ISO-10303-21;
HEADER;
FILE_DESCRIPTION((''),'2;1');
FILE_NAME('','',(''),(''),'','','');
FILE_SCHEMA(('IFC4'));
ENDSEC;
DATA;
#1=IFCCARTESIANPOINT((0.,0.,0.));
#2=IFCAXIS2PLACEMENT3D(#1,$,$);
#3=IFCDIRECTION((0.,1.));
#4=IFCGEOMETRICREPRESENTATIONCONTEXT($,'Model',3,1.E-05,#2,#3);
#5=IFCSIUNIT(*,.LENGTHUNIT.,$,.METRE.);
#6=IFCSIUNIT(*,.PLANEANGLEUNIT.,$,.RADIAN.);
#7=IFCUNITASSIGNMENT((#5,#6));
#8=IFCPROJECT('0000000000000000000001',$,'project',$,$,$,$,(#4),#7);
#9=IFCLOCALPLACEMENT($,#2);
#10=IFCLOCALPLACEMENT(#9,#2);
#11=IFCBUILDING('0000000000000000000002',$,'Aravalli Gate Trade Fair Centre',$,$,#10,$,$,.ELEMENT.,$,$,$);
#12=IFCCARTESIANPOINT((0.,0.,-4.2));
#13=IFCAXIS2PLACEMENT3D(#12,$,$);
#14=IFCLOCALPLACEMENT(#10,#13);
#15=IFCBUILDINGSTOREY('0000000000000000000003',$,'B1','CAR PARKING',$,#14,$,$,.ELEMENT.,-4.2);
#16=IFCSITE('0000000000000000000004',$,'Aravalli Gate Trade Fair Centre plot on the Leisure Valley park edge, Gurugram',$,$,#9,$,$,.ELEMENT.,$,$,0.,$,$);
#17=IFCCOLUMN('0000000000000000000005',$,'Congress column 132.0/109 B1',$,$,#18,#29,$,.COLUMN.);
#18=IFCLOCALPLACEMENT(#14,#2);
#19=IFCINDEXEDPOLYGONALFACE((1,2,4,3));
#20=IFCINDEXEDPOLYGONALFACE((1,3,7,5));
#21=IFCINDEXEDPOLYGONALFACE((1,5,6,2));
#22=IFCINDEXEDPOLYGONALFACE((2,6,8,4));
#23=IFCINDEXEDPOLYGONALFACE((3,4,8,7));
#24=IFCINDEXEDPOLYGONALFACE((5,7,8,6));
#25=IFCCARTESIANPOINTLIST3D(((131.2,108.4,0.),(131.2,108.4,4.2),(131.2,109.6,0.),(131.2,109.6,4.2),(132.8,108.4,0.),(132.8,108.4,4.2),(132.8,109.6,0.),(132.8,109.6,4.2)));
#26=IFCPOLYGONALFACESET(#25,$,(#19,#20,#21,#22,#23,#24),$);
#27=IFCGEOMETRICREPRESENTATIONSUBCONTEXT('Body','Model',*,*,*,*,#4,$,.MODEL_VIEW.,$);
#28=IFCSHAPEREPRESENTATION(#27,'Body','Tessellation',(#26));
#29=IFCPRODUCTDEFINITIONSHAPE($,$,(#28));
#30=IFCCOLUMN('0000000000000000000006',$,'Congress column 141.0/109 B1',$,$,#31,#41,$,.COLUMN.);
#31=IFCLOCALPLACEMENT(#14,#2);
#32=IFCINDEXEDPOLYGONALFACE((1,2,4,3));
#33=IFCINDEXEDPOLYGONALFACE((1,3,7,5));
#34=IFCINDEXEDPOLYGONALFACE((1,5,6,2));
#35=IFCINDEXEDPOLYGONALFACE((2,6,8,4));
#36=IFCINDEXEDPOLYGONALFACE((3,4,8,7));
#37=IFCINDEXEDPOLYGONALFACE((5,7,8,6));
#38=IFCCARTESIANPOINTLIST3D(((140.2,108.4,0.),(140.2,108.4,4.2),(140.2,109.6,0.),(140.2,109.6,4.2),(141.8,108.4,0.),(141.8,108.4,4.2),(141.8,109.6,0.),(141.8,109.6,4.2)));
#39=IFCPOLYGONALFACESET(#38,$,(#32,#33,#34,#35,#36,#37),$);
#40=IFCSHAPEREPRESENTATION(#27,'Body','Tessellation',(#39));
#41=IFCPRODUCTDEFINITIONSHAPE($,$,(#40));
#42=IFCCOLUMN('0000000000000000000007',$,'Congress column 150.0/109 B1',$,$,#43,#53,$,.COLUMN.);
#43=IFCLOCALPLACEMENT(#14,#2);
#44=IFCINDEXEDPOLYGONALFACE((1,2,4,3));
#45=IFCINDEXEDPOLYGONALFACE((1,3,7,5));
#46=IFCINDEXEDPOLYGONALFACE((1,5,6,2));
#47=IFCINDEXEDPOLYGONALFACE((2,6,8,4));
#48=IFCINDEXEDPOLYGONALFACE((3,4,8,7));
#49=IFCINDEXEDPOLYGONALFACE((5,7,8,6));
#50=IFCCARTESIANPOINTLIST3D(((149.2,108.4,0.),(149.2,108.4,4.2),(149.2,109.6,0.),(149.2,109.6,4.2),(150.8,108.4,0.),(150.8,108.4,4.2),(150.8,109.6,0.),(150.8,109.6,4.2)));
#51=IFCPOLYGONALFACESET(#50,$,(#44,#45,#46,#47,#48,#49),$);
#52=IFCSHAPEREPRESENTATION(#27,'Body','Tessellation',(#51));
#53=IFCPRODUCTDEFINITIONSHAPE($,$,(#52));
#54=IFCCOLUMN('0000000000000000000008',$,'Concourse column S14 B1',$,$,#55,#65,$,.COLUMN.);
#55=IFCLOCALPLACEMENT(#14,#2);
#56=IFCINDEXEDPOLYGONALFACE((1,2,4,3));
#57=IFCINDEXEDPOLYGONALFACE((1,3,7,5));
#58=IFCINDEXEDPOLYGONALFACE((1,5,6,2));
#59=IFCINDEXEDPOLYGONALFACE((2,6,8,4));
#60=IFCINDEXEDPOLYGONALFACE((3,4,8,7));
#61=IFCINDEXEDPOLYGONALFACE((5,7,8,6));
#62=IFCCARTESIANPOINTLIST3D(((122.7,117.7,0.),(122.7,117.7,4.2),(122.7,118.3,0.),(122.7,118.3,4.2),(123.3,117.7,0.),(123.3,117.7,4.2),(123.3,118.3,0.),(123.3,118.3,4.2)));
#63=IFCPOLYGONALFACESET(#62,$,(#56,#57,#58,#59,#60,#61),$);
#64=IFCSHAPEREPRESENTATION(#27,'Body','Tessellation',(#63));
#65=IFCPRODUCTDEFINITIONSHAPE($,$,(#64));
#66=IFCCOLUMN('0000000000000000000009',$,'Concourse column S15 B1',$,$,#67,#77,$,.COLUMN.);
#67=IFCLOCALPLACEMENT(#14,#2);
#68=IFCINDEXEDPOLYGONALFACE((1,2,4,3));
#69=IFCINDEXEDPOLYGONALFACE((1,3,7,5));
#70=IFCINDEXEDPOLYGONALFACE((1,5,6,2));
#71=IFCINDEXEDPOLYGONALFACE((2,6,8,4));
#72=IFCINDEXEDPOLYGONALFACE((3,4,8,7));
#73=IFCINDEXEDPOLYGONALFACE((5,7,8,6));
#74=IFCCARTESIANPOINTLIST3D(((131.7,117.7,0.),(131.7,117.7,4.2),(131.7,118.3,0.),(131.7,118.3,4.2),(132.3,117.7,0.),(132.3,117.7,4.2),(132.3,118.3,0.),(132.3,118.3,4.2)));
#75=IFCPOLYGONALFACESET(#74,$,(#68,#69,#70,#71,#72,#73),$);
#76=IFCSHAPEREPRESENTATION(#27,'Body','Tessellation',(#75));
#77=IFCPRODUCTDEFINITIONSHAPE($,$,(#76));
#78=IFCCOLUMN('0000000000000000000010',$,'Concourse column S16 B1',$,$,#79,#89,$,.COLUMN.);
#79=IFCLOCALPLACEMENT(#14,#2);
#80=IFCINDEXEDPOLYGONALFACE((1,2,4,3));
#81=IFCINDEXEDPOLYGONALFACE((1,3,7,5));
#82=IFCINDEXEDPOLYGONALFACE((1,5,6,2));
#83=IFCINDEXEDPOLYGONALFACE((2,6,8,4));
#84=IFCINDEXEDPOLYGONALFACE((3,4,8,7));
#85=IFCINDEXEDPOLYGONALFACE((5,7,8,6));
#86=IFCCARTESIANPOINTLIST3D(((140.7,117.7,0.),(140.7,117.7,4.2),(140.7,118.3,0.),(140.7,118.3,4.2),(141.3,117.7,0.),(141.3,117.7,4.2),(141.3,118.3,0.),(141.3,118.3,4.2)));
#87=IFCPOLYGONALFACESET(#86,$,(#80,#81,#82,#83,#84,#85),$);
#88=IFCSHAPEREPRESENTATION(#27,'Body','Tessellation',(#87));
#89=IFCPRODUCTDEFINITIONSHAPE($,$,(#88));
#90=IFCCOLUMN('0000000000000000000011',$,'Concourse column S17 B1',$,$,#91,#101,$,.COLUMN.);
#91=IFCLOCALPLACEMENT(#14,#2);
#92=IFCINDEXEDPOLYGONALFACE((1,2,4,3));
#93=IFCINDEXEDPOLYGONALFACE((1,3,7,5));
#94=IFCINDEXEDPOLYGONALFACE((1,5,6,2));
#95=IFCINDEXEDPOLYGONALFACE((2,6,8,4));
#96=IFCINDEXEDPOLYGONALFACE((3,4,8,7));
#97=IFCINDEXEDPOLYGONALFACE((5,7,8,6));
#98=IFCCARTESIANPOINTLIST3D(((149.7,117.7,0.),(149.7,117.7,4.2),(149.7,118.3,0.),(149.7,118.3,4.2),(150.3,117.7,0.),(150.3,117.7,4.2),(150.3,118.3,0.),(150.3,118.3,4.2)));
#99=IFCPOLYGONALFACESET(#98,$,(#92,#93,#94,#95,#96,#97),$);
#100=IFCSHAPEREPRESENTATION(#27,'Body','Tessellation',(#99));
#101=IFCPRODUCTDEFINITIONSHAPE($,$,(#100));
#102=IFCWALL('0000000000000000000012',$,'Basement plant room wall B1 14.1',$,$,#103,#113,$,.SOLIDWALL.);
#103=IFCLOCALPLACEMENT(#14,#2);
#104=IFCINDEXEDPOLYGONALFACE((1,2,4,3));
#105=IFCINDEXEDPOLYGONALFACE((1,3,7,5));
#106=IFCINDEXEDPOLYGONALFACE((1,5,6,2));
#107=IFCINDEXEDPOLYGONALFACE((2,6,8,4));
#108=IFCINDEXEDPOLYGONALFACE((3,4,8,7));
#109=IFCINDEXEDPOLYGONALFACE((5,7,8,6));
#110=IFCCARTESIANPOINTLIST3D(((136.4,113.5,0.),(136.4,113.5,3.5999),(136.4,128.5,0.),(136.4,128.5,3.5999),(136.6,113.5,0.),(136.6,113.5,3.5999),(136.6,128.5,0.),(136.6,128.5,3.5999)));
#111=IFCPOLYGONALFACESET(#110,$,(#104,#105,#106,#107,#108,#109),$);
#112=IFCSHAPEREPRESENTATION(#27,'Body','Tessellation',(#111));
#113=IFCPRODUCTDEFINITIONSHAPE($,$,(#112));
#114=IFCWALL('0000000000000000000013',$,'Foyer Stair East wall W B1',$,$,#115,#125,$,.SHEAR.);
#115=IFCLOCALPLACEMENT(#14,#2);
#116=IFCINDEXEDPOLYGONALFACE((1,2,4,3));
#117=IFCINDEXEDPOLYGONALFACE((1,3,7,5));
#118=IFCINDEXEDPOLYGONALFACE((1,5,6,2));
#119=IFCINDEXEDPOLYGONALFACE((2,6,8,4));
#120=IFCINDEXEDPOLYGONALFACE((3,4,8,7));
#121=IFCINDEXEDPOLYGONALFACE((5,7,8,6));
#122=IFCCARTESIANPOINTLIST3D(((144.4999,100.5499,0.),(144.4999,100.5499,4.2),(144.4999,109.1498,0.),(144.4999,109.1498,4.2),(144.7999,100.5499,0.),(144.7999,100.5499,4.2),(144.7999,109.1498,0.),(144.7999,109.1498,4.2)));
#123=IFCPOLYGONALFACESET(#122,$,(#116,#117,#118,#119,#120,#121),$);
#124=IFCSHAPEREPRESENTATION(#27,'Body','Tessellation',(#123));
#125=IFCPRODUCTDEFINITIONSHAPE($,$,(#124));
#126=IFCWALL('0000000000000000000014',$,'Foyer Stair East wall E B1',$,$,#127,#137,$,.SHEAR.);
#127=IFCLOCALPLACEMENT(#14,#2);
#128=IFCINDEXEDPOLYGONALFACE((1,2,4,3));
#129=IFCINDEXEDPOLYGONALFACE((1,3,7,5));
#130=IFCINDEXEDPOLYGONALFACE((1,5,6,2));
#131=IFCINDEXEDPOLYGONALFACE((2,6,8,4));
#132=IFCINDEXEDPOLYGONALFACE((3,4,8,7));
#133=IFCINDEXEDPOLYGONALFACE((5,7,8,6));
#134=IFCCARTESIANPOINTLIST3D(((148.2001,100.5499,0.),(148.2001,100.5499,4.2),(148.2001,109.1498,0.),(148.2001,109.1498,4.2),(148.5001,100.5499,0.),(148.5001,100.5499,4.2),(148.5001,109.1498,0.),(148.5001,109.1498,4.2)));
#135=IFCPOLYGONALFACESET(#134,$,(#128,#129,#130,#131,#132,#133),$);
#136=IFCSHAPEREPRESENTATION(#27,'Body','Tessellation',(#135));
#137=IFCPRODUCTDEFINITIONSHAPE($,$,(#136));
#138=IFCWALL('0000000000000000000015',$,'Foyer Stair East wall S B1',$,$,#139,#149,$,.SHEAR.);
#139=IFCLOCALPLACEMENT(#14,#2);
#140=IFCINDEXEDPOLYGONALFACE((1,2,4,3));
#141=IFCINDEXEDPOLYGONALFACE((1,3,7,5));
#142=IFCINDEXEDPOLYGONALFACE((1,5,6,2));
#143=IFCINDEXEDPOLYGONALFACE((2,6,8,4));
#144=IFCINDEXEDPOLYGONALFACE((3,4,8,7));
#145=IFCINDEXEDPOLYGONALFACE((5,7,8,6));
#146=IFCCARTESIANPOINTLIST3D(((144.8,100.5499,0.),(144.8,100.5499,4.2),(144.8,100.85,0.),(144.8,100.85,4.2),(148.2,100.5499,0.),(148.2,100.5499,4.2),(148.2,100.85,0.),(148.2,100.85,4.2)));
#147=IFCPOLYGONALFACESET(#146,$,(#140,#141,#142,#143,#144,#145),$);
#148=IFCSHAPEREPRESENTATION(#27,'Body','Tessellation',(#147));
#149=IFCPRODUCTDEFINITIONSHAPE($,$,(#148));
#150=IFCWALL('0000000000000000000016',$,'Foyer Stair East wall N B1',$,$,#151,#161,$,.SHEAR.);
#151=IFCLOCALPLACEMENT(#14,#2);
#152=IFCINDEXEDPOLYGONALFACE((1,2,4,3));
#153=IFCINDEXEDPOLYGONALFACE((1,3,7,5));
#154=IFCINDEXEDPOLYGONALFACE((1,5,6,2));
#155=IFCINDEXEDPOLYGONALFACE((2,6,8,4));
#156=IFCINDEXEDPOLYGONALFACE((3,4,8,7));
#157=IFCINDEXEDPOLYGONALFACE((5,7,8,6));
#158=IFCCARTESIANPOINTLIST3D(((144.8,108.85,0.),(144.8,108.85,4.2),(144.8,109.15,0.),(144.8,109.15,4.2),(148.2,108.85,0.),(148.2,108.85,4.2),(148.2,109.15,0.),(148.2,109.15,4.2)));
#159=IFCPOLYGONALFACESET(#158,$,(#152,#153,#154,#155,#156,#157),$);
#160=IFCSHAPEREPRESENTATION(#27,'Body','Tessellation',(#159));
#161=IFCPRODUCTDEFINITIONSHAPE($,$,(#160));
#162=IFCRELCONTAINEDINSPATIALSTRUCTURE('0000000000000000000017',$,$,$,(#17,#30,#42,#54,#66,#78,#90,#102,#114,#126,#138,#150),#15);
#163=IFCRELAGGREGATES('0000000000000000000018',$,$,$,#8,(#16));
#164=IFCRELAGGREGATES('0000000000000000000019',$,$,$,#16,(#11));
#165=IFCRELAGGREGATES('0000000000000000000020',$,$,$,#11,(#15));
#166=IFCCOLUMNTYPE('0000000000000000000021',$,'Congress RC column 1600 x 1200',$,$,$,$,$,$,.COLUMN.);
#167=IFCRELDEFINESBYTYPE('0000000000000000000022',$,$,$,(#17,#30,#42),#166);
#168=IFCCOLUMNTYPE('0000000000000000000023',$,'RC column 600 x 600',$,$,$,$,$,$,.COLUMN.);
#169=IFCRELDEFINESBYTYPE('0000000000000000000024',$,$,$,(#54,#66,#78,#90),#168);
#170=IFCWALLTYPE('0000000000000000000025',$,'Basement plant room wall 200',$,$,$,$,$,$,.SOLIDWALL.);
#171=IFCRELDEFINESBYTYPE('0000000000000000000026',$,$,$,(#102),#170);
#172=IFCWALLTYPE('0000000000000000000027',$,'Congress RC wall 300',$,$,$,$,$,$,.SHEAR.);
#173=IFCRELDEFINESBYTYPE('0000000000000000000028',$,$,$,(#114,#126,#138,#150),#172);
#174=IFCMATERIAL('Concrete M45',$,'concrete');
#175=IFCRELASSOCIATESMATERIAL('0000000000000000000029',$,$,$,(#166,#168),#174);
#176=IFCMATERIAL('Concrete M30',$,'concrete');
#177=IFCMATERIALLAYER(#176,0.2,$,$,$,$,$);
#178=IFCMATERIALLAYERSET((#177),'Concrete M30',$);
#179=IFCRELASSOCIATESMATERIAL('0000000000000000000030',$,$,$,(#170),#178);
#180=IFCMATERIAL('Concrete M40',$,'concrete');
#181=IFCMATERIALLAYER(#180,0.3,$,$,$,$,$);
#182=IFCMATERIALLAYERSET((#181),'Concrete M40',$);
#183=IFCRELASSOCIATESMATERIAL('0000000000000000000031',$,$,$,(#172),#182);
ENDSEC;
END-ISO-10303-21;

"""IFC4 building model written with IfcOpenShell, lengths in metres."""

from ifc_helpers import new_model, si_unit, direction, frame, frame_2d, origin, origin_2d, place, context, subcontext, project, spatial, rectangle, extrude, material, layer, layer_set, material_profile, profile_set, type_object, element, save


model = new_model("IFC4")

# Units and contexts
model_context = context("Model", 3, precision=1e-05, world=origin(), true_north=direction((0.0, 1.0)))
body_context = subcontext(model_context, "Body", "Model", "MODEL_VIEW")
ifc_project = project(units=[si_unit("LENGTHUNIT", "METRE"), si_unit("PLANEANGLEUNIT", "RADIAN")], contexts=[model_context])

# Site, building, storey
site_placement = place(None, origin())
site = spatial("IfcSite", under=ifc_project, at=site_placement, Name="Aravalli Gate Trade Fair Centre plot on the Leisure Valley park edge, Gurugram", CompositionType="ELEMENT", RefElevation=0.0)
building_placement = place(site_placement, origin())
building = spatial("IfcBuilding", under=site, at=building_placement, Name="Aravalli Gate Trade Fair Centre", CompositionType="ELEMENT")
storey_placement = place(building_placement, frame((0.0, 0.0, -4.2)))
storey = spatial("IfcBuildingStorey", under=building, at=storey_placement, Name="B1", Description="CAR PARKING", CompositionType="ELEMENT", Elevation=-4.2)

# Columns
ifc_material_1 = material(Name="Concrete M45", Category="concrete")
ifc_material_profile_1 = material_profile(ifc_material_1, rectangle(XDim=1.6001, YDim=1.2, at=origin_2d()), Name="RC 1600x1200")
ifc_profile_set_1 = profile_set([ifc_material_profile_1], Name="Concrete M45")
column_type_1 = type_object("IfcColumnType", Name="Congress RC column 1600 x 1200", PredefinedType="COLUMN", material=ifc_profile_set_1)
for number, where, z_axis, x_axis, name in (
    (1, (132.0, 109.0, 0.0), (0.0, 0.0, 1.0), (1.0, 0.0, 0.0), "Congress column 132.0/109 B1"),
    (2, (141.0, 109.0, 0.0), (0.0, 0.0, 1.0), (1.0, 0.0, 0.0), "Congress column 141.0/109 B1"),
    (3, (150.0, 109.0, 0.0), (0.0, 0.0, 1.0), (1.0, 0.0, 0.0), "Congress column 150.0/109 B1"),
):
    element("IfcColumn", number, at=place(storey_placement, frame(where, z_axis=z_axis, x_axis=x_axis)), inside=storey, type_object=column_type_1, Name=name, PredefinedType="COLUMN", context=body_context, shape_type="SweptSolid", body=[
        extrude(rectangle(XDim=1.6001, YDim=1.2, at=origin_2d()), origin(), (0.0, 0.0, 1.0), 4.2),
    ])
ifc_material_profile_2 = material_profile(ifc_material_1, rectangle(XDim=0.6001, YDim=0.6001, at=origin_2d()), Name="RC column 600 x 600")
ifc_profile_set_2 = profile_set([ifc_material_profile_2], Name="Concrete M45")
column_type_2 = type_object("IfcColumnType", Name="RC column 600 x 600", PredefinedType="COLUMN", material=ifc_profile_set_2)
for number, where, z_axis, x_axis, name in (
    (4, (123.0, 118.0, 0.0), (0.0, 0.0, 1.0), (1.0, 0.0, 0.0), "Concourse column S14 B1"),
    (5, (132.0, 118.0, 0.0), (0.0, 0.0, 1.0), (1.0, 0.0, 0.0), "Concourse column S15 B1"),
    (6, (141.0, 118.0, 0.0), (0.0, 0.0, 1.0), (1.0, 0.0, 0.0), "Concourse column S16 B1"),
    (7, (150.0, 118.0, 0.0), (0.0, 0.0, 1.0), (1.0, 0.0, 0.0), "Concourse column S17 B1"),
):
    element("IfcColumn", number, at=place(storey_placement, frame(where, z_axis=z_axis, x_axis=x_axis)), inside=storey, type_object=column_type_2, Name=name, PredefinedType="COLUMN", context=body_context, shape_type="SweptSolid", body=[
        extrude(rectangle(XDim=0.6001, YDim=0.6001, at=origin_2d()), origin(), (0.0, 0.0, 1.0), 4.2),
    ])

# Walls
ifc_material_2 = material(Name="Concrete M30", Category="concrete")
ifc_layer_1 = layer(ifc_material_2, 0.2)
ifc_layer_set_1 = layer_set([ifc_layer_1], Name="Concrete M30")
wall_type_1 = type_object("IfcWallType", Name="Basement plant room wall 200", PredefinedType="SOLIDWALL", material=ifc_layer_set_1)
wall_1_placement = place(storey_placement, frame((136.5, 113.5, 0.0), z_axis=(0.0, 0.0, 1.0), x_axis=(0.0, 1.0, 0.0)))
element("IfcWall", 8, at=wall_1_placement, inside=storey, type_object=wall_type_1, Name="Basement plant room wall B1 14.1", PredefinedType="SOLIDWALL", context=body_context, shape_type="SweptSolid", body=[
    extrude(rectangle(XDim=15.0, YDim=0.2, at=frame_2d((7.5, 0.0))), origin(), (0.0, 0.0, 1.0), 3.5999),
])
ifc_material_3 = material(Name="Concrete M40", Category="concrete")
ifc_layer_2 = layer(ifc_material_3, 0.3)
ifc_layer_set_2 = layer_set([ifc_layer_2], Name="Concrete M40")
wall_type_2 = type_object("IfcWallType", Name="Congress RC wall 300", PredefinedType="SHEAR", material=ifc_layer_set_2)
for number, where, z_axis, x_axis, name in (
    (9, (144.6499, 100.55, 0.0), (0.0, 0.0, 1.0), (0.0, 1.0, 0.0), "Foyer Stair East wall W B1"),
    (10, (148.3501, 100.55, 0.0), (0.0, 0.0, 1.0), (0.0, 1.0, 0.0), "Foyer Stair East wall E B1"),
):
    element("IfcWall", number, at=place(storey_placement, frame(where, z_axis=z_axis, x_axis=x_axis)), inside=storey, type_object=wall_type_2, Name=name, PredefinedType="SHEAR", context=body_context, shape_type="SweptSolid", body=[
        extrude(rectangle(XDim=8.5999, YDim=0.3, at=frame_2d((4.2998, 0.0))), origin(), (0.0, 0.0, 1.0), 4.2),
    ])
for number, where, z_axis, x_axis, name in (
    (11, (144.8, 100.7, 0.0), (0.0, 0.0, 1.0), (1.0, 0.0, 0.0), "Foyer Stair East wall S B1"),
    (12, (144.8, 109.0, 0.0), (0.0, 0.0, 1.0), (1.0, 0.0, 0.0), "Foyer Stair East wall N B1"),
):
    element("IfcWall", number, at=place(storey_placement, frame(where, z_axis=z_axis, x_axis=x_axis)), inside=storey, type_object=wall_type_2, Name=name, PredefinedType="SHEAR", context=body_context, shape_type="SweptSolid", body=[
        extrude(rectangle(XDim=3.3999, YDim=0.3, at=frame_2d((1.7, 0.0))), origin(), (0.0, 0.0, 1.0), 4.2),
    ])

save(model, "model.ifc")
